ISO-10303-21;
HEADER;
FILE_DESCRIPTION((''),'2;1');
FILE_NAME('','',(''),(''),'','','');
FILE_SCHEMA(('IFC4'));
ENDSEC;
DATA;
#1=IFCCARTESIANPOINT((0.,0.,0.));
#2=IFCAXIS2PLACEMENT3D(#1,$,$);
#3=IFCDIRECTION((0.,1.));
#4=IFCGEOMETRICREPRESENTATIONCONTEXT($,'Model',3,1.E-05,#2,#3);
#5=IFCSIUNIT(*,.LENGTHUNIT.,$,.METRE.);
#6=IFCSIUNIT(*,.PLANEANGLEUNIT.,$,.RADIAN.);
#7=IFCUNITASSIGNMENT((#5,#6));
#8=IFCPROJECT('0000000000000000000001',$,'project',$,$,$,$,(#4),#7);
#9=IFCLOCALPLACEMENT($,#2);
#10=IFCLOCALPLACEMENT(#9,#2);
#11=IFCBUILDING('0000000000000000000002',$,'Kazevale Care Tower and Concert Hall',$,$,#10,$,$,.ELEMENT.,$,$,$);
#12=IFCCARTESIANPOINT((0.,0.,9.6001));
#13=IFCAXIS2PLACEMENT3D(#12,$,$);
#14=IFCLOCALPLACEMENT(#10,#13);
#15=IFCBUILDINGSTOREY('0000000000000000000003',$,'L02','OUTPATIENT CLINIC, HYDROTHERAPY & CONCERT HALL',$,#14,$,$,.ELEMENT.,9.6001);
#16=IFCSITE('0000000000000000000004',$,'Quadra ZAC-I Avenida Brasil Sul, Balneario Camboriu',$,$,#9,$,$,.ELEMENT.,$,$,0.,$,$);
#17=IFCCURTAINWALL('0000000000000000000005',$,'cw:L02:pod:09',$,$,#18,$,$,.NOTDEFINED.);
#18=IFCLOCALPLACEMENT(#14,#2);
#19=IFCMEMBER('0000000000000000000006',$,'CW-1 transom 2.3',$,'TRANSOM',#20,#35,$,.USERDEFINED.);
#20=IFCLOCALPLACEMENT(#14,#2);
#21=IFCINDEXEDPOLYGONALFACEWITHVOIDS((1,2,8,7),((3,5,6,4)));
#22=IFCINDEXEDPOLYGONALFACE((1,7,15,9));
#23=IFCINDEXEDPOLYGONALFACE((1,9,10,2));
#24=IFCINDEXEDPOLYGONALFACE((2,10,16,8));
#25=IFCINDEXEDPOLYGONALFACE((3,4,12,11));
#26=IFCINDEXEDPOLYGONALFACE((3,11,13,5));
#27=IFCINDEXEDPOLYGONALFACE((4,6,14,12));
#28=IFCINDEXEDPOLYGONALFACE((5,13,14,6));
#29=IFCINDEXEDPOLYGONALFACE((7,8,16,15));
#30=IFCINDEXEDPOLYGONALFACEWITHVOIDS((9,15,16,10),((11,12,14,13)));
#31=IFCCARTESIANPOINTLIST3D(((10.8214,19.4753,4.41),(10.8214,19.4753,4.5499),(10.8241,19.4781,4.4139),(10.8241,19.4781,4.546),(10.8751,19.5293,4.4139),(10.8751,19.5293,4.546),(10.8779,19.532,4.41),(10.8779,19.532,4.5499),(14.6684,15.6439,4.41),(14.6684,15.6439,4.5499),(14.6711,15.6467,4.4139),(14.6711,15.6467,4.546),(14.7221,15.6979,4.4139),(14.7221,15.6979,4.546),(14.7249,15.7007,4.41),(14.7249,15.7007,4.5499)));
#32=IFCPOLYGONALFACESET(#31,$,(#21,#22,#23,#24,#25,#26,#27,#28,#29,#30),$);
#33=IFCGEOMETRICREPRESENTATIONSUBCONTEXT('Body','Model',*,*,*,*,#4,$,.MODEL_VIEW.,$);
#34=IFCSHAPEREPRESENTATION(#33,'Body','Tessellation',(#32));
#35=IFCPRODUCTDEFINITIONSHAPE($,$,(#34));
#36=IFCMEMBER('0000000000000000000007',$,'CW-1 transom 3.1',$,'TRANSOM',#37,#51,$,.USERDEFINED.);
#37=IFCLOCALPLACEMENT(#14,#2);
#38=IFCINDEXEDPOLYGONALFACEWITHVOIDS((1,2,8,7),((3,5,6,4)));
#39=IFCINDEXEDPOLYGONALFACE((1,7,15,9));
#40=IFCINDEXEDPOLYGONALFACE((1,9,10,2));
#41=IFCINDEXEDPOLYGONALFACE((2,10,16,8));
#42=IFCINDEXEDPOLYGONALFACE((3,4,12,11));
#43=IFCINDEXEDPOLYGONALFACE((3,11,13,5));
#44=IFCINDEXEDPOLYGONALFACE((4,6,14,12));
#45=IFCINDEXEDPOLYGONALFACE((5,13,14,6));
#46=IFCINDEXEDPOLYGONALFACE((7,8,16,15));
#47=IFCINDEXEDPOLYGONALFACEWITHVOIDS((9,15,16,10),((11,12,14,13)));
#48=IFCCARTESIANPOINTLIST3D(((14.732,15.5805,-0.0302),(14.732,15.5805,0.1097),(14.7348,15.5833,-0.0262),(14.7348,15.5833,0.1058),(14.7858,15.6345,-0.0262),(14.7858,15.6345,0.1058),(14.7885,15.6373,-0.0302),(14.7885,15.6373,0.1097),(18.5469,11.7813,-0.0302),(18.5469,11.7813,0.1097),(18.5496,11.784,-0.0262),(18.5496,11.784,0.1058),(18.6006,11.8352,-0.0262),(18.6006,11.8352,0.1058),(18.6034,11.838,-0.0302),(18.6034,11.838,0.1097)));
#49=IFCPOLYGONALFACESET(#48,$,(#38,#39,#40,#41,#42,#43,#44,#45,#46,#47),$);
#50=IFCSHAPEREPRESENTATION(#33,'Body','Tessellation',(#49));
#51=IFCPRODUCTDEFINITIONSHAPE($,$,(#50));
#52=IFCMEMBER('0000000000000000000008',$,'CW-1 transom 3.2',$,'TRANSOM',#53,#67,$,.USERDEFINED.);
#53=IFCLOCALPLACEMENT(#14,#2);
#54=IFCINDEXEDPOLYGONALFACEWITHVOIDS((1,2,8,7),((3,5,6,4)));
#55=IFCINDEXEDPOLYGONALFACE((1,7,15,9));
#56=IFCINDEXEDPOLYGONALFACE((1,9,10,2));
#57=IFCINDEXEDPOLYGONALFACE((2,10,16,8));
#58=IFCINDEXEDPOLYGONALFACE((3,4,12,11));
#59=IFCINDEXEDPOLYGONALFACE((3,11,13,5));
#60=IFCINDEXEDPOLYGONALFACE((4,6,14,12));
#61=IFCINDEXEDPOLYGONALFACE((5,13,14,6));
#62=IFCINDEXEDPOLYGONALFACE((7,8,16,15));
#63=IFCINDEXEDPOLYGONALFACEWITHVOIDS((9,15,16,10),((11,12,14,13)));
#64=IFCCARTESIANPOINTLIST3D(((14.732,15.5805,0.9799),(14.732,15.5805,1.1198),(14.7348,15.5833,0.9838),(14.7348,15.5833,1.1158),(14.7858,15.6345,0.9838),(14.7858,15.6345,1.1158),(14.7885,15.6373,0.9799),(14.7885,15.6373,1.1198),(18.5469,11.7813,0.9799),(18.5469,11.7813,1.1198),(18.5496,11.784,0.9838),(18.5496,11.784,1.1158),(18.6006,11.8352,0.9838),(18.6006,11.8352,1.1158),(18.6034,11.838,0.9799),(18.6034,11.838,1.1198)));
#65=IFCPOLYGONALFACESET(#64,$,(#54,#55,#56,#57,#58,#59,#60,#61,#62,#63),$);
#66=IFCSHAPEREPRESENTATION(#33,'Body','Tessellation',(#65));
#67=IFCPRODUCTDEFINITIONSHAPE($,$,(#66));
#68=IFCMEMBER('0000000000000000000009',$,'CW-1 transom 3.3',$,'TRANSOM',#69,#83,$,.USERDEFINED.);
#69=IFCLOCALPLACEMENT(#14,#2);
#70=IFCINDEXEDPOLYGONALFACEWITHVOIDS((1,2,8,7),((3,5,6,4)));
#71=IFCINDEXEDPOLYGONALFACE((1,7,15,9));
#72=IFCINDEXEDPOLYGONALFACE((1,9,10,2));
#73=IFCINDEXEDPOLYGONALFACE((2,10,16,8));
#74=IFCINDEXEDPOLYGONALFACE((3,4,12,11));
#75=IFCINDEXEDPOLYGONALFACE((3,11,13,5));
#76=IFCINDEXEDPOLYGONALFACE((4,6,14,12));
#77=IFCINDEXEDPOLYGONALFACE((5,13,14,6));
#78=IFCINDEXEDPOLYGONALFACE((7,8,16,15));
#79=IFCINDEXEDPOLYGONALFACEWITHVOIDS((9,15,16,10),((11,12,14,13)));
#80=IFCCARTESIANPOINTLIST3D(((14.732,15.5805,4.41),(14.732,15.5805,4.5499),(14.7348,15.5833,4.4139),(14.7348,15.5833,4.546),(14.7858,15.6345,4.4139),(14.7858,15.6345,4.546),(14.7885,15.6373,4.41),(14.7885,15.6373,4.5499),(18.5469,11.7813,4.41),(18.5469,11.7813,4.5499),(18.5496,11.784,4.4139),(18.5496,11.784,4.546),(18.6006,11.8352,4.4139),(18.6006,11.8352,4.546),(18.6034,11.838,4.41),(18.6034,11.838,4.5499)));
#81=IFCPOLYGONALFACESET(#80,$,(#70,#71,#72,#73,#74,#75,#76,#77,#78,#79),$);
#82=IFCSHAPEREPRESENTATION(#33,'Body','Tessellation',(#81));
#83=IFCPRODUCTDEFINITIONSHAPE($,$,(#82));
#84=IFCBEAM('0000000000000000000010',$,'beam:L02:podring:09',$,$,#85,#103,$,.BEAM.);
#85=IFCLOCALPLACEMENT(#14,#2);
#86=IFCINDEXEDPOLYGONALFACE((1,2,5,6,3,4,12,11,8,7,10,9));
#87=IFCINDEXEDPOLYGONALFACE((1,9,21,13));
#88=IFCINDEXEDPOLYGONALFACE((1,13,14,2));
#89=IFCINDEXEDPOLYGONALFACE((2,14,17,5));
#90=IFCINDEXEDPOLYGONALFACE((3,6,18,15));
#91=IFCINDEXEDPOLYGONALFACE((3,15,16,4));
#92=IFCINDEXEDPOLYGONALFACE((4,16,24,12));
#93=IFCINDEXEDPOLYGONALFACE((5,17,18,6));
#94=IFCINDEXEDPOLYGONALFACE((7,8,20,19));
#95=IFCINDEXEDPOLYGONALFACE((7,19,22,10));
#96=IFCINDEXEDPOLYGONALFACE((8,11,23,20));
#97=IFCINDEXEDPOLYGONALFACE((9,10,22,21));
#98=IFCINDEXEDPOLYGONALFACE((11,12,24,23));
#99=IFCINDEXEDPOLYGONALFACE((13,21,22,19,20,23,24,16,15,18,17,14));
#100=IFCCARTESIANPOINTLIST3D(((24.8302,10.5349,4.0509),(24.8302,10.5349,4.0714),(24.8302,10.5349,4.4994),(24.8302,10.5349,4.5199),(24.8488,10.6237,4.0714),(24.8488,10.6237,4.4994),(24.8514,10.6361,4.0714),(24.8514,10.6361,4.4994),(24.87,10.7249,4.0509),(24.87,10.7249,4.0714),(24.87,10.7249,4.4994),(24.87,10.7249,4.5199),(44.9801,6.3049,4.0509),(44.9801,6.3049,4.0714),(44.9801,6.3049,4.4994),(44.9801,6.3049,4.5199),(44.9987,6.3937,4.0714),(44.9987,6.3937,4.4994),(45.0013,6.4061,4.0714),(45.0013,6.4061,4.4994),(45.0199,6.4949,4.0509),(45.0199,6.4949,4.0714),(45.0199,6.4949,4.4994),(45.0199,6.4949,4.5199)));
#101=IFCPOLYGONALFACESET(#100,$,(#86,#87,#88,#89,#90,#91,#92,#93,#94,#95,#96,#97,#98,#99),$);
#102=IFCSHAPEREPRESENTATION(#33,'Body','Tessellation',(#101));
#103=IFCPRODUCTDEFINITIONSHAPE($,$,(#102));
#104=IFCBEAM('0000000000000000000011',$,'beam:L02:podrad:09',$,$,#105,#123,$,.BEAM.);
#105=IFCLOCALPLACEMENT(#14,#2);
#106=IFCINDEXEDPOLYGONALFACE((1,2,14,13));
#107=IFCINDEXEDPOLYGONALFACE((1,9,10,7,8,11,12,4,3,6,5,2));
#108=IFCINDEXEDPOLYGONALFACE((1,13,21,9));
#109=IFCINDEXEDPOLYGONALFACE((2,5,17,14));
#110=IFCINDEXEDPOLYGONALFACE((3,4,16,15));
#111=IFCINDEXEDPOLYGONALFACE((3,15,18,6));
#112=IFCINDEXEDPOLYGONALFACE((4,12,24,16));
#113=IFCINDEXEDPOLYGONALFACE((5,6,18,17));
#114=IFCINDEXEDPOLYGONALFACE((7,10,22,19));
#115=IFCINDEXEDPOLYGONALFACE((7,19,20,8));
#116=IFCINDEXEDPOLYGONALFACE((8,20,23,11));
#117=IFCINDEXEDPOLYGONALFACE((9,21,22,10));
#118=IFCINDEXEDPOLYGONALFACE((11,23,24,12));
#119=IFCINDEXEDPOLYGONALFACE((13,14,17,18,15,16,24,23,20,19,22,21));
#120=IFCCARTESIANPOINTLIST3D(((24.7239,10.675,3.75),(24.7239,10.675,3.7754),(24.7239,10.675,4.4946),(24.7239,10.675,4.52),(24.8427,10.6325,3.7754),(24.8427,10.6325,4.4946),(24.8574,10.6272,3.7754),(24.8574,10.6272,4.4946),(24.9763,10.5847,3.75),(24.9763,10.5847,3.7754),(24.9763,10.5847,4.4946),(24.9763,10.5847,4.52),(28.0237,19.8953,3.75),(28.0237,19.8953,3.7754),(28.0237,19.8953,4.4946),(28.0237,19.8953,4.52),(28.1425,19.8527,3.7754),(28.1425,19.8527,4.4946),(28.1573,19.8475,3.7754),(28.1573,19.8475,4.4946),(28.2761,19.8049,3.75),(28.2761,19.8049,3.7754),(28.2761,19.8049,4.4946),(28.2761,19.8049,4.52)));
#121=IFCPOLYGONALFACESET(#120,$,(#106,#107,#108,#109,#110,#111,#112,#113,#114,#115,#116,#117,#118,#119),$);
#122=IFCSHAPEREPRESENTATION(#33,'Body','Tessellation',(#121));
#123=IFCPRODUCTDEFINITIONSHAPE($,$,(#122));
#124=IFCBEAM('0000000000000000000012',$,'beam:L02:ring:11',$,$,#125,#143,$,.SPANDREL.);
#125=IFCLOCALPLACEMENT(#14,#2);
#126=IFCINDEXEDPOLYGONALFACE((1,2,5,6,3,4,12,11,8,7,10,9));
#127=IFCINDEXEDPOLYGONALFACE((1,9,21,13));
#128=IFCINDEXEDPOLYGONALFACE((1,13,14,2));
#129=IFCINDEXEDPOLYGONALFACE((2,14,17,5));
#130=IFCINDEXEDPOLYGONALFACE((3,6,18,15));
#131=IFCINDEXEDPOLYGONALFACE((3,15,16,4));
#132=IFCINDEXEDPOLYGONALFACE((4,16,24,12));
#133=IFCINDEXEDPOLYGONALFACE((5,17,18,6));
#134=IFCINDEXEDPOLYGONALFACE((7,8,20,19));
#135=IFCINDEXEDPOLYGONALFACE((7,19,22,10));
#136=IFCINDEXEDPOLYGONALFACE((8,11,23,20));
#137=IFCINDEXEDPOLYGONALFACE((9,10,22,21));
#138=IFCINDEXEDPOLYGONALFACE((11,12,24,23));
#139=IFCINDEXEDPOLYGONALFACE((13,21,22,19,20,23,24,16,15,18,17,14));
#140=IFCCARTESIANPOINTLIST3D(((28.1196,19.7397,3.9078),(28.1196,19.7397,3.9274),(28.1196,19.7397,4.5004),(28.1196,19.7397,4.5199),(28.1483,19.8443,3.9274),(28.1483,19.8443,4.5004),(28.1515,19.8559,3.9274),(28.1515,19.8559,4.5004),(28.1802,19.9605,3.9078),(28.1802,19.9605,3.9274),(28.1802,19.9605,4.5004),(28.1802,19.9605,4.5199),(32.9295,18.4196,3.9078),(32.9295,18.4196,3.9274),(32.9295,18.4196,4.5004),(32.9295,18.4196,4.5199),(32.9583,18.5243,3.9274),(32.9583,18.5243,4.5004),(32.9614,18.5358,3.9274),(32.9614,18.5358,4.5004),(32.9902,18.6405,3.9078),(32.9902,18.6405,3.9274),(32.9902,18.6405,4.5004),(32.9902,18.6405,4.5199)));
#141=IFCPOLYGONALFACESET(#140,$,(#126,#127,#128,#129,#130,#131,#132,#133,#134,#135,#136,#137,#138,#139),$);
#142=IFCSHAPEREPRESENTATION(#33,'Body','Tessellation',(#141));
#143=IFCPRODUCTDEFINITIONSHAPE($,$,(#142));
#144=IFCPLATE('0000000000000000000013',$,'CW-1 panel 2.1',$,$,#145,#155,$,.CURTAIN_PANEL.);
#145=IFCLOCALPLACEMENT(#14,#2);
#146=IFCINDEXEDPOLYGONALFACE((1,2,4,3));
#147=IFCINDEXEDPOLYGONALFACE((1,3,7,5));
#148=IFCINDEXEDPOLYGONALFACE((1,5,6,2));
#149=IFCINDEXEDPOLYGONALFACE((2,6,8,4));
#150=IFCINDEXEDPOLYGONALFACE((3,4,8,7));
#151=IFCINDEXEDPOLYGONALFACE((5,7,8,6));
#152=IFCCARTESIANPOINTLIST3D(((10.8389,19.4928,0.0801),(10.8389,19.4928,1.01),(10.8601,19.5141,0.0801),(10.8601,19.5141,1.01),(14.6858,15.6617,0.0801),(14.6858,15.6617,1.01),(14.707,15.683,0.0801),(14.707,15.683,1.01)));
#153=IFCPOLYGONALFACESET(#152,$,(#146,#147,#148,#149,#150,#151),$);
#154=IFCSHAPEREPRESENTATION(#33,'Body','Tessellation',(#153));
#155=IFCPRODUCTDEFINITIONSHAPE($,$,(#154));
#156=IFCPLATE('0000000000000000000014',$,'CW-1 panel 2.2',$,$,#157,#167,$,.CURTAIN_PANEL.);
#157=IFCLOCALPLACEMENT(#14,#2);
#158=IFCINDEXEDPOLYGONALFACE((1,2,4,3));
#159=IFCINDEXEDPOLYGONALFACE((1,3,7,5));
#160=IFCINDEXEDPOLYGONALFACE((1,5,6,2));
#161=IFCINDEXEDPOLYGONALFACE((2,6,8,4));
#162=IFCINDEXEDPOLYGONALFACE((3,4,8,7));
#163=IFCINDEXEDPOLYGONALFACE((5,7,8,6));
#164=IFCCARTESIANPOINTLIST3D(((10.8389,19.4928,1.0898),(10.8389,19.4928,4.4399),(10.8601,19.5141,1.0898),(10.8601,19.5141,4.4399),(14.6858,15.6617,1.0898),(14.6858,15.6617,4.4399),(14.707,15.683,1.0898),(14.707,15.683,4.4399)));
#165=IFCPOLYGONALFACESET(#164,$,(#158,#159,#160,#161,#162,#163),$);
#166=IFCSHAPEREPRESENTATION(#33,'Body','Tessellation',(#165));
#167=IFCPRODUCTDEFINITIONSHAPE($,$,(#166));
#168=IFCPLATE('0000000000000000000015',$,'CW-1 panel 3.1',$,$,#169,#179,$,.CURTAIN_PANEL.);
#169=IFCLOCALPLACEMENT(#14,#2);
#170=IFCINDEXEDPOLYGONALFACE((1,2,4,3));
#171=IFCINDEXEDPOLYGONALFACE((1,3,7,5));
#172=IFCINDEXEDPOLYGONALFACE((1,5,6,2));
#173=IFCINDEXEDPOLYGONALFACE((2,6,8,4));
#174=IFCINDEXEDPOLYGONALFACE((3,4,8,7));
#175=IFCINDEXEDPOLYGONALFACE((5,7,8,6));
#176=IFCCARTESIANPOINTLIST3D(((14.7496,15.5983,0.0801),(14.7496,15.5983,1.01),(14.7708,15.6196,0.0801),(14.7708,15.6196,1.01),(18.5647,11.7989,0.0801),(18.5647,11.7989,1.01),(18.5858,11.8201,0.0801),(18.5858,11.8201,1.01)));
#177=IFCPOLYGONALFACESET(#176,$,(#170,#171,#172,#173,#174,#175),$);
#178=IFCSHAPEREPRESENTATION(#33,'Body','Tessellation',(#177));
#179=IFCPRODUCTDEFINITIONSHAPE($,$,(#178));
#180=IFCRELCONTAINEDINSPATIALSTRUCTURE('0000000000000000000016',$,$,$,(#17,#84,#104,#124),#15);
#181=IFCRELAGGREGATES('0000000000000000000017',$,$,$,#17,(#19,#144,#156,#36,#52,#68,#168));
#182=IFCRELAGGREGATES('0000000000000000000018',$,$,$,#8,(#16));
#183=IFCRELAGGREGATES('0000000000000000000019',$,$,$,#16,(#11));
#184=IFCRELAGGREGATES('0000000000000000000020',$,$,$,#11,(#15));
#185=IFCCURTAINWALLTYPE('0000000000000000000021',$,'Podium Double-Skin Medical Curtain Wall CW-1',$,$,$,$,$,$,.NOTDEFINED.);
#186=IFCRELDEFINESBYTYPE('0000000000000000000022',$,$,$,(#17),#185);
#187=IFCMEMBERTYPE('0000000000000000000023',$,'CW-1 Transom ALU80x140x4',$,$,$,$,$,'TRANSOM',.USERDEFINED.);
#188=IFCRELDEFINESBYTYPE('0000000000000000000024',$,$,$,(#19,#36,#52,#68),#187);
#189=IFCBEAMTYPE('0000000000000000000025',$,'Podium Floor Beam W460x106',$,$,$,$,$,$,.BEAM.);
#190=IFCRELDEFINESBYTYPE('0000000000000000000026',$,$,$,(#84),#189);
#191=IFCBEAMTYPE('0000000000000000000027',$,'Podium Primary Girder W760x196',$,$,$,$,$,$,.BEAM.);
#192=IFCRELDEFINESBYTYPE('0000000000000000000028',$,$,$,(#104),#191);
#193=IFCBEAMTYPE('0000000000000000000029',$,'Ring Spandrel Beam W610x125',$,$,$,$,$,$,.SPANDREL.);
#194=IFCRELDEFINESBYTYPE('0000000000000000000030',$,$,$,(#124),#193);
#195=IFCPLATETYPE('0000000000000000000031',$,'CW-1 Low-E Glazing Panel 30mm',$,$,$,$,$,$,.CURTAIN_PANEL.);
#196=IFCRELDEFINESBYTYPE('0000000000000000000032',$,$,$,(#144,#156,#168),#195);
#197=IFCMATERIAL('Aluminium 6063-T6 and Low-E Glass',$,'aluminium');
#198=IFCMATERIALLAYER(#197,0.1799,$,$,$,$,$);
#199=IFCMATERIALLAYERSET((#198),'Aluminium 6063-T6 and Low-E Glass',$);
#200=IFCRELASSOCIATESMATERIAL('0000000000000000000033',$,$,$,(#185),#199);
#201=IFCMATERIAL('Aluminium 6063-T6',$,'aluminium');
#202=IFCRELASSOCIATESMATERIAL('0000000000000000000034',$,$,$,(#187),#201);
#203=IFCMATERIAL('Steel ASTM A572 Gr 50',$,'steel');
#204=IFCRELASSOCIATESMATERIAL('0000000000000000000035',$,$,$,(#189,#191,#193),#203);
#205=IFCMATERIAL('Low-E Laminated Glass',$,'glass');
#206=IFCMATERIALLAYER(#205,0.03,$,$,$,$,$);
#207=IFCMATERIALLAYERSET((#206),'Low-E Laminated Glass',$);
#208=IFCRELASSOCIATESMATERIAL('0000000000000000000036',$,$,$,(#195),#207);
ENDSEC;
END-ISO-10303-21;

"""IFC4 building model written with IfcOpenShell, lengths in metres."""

from ifc_helpers import new_model, si_unit, direction, frame, origin, origin_2d, place, context, subcontext, project, spatial, rectangle, hollow_rectangle, i_section, extrude, material, layer, layer_set, material_profile, profile_set, type_object, element, aggregate, save


model = new_model("IFC4")

# Units and contexts
model_context = context("Model", 3, precision=1e-05, world=origin(), true_north=direction((0.0, 1.0)))
body_context = subcontext(model_context, "Body", "Model", "MODEL_VIEW")
ifc_project = project(units=[si_unit("LENGTHUNIT", "METRE"), si_unit("PLANEANGLEUNIT", "RADIAN")], contexts=[model_context])

# Site, building, storey
site_placement = place(None, origin())
site = spatial("IfcSite", under=ifc_project, at=site_placement, Name="Quadra ZAC-I Avenida Brasil Sul, Balneario Camboriu", CompositionType="ELEMENT", RefElevation=0.0)
building_placement = place(site_placement, origin())
building = spatial("IfcBuilding", under=site, at=building_placement, Name="Kazevale Care Tower and Concert Hall", CompositionType="ELEMENT")
storey_placement = place(building_placement, frame((0.0, 0.0, 9.6001)))
storey = spatial("IfcBuildingStorey", under=building, at=storey_placement, Name="L02", Description="OUTPATIENT CLINIC, HYDROTHERAPY & CONCERT HALL", CompositionType="ELEMENT", Elevation=9.6001)

# Curtain wall, members
ifc_material_1 = material(Name="Aluminium 6063-T6 and Low-E Glass", Category="aluminium")
ifc_layer_1 = layer(ifc_material_1, 0.1799)
ifc_layer_set_1 = layer_set([ifc_layer_1], Name="Aluminium 6063-T6 and Low-E Glass")
curtain_wall_type = type_object("IfcCurtainWallType", Name="Podium Double-Skin Medical Curtain Wall CW-1", PredefinedType="NOTDEFINED", material=ifc_layer_set_1)
curtain_wall_placement = place(storey_placement, origin())
curtain_wall = element("IfcCurtainWall", 1, at=curtain_wall_placement, inside=storey, type_object=curtain_wall_type, Name="cw:L02:pod:09", PredefinedType="NOTDEFINED")
ifc_material_2 = material(Name="Aluminium 6063-T6", Category="aluminium")
ifc_material_profile_1 = material_profile(ifc_material_2, hollow_rectangle(XDim=0.0801, YDim=0.1399, WallThickness=0.0039, at=origin_2d()), Name="ALU80x140x4")
ifc_profile_set_1 = profile_set([ifc_material_profile_1], Name="Aluminium 6063-T6")
member_type_1 = type_object("IfcMemberType", Name="CW-1 Transom ALU80x140x4", ElementType="TRANSOM", PredefinedType="USERDEFINED", material=ifc_profile_set_1)
member_1_placement = place(storey_placement, frame((10.8496, 19.5037, 4.48), z_axis=(0.708544, -0.705666, 0.0), x_axis=(0.705666, 0.708544, 0.0)))
member_1 = element("IfcMember", 2, at=member_1_placement, type_object=member_type_1, Name="CW-1 transom 2.3", ObjectType="TRANSOM", PredefinedType="USERDEFINED", context=body_context, shape_type="SweptSolid", body=[
    extrude(hollow_rectangle(XDim=0.0801, YDim=0.1399, WallThickness=0.0039, at=origin_2d()), origin(), (0.0, 0.0, 1.0), 5.4294),
])
member_2_placement = place(storey_placement, frame((14.7603, 15.6089, 0.0398), z_axis=(0.708556, -0.705654, 0.0), x_axis=(0.705654, 0.708556, 0.0)))
member_2 = element("IfcMember", 3, at=member_2_placement, type_object=member_type_1, Name="CW-1 transom 3.1", ObjectType="TRANSOM", PredefinedType="USERDEFINED", context=body_context, shape_type="SweptSolid", body=[
    extrude(hollow_rectangle(XDim=0.0801, YDim=0.1399, WallThickness=0.0039, at=origin_2d()), origin(), (0.0, 0.0, 1.0), 5.384),
])
member_3_placement = place(storey_placement, frame((14.7603, 15.6089, 1.0498), z_axis=(0.708556, -0.705654, 0.0), x_axis=(0.705654, 0.708556, 0.0)))
member_3 = element("IfcMember", 4, at=member_3_placement, type_object=member_type_1, Name="CW-1 transom 3.2", ObjectType="TRANSOM", PredefinedType="USERDEFINED", context=body_context, shape_type="SweptSolid", body=[
    extrude(hollow_rectangle(XDim=0.0801, YDim=0.1399, WallThickness=0.0039, at=origin_2d()), origin(), (0.0, 0.0, 1.0), 5.384),
])
member_4_placement = place(storey_placement, frame((14.7603, 15.6089, 4.48), z_axis=(0.708556, -0.705654, 0.0), x_axis=(0.705654, 0.708556, 0.0)))
member_4 = element("IfcMember", 5, at=member_4_placement, type_object=member_type_1, Name="CW-1 transom 3.3", ObjectType="TRANSOM", PredefinedType="USERDEFINED", context=body_context, shape_type="SweptSolid", body=[
    extrude(hollow_rectangle(XDim=0.0801, YDim=0.1399, WallThickness=0.0039, at=origin_2d()), origin(), (0.0, 0.0, 1.0), 5.384),
])

# Beams
ifc_material_3 = material(Name="Steel ASTM A572 Gr 50", Category="steel")
ifc_material_profile_2 = material_profile(ifc_material_3, i_section(OverallWidth=0.1941, OverallDepth=0.469, WebThickness=0.0127, FlangeThickness=0.0205, at=origin_2d()), Name="W460x106")
ifc_profile_set_2 = profile_set([ifc_material_profile_2], Name="Steel ASTM A572 Gr 50")
beam_type_1 = type_object("IfcBeamType", Name="Podium Floor Beam W460x106", PredefinedType="BEAM", material=ifc_profile_set_2)
beam_1_placement = place(storey_placement, frame((24.8501, 10.6299, 4.2854), z_axis=(0.978668, -0.205448, 0.0), x_axis=(0.205448, 0.978668, 0.0)))
element("IfcBeam", 6, at=beam_1_placement, inside=storey, type_object=beam_type_1, Name="beam:L02:podring:09", PredefinedType="BEAM", context=body_context, shape_type="SweptSolid", body=[
    extrude(i_section(OverallWidth=0.1941, OverallDepth=0.469, WebThickness=0.0127, FlangeThickness=0.0205, at=origin_2d()), origin(), (0.0, 0.0, 1.0), 20.5891),
])
ifc_material_profile_3 = material_profile(ifc_material_3, i_section(OverallWidth=0.2681, OverallDepth=0.77, WebThickness=0.0156, FlangeThickness=0.0254, at=origin_2d()), Name="W760x196")
ifc_profile_set_3 = profile_set([ifc_material_profile_3], Name="Steel ASTM A572 Gr 50")
beam_type_2 = type_object("IfcBeamType", Name="Podium Primary Girder W760x196", PredefinedType="BEAM", material=ifc_profile_set_3)
beam_2_placement = place(storey_placement, frame((28.1499, 19.8501, 4.135), z_axis=(-0.336959, -0.941519, 0.0), x_axis=(0.941519, -0.336959, 0.0)))
element("IfcBeam", 7, at=beam_2_placement, inside=storey, type_object=beam_type_2, Name="beam:L02:podrad:09", PredefinedType="BEAM", context=body_context, shape_type="SweptSolid", body=[
    extrude(i_section(OverallWidth=0.2681, OverallDepth=0.77, WebThickness=0.0156, FlangeThickness=0.0254, at=origin_2d()), origin(), (0.0, 0.0, 1.0), 9.793),
])
ifc_material_profile_4 = material_profile(ifc_material_3, i_section(OverallWidth=0.229, OverallDepth=0.6121, WebThickness=0.012, FlangeThickness=0.0195, at=origin_2d()), Name="W610x125")
ifc_profile_set_4 = profile_set([ifc_material_profile_4], Name="Steel ASTM A572 Gr 50")
beam_type_3 = type_object("IfcBeamType", Name="Ring Spandrel Beam W610x125", PredefinedType="SPANDREL", material=ifc_profile_set_4)
beam_3_placement = place(storey_placement, frame((28.1499, 19.8501, 4.2139), z_axis=(0.964344, -0.264654, 0.0), x_axis=(0.264654, 0.964344, 0.0)))
element("IfcBeam", 8, at=beam_3_placement, inside=storey, type_object=beam_type_3, Name="beam:L02:ring:11", PredefinedType="SPANDREL", context=body_context, shape_type="SweptSolid", body=[
    extrude(i_section(OverallWidth=0.229, OverallDepth=0.6121, WebThickness=0.012, FlangeThickness=0.0195, at=origin_2d()), origin(), (0.0, 0.0, 1.0), 4.9878),
])

# Plates
ifc_material_4 = material(Name="Low-E Laminated Glass", Category="glass")
ifc_layer_2 = layer(ifc_material_4, 0.03)
ifc_layer_set_2 = layer_set([ifc_layer_2], Name="Low-E Laminated Glass")
plate_type = type_object("IfcPlateType", Name="CW-1 Low-E Glazing Panel 30mm", PredefinedType="CURTAIN_PANEL", material=ifc_layer_set_2)
plate_1_placement = place(storey_placement, frame((12.7729, 17.5879, 0.0801), z_axis=(0.0, 0.0, 1.0), x_axis=(0.708555, -0.705656, 0.0)))
plate_1 = element("IfcPlate", 9, at=plate_1_placement, type_object=plate_type, Name="CW-1 panel 2.1", PredefinedType="CURTAIN_PANEL", context=body_context, shape_type="SweptSolid", body=[
    extrude(rectangle(XDim=5.4292, YDim=0.03, at=origin_2d()), origin(), (0.0, 0.0, 1.0), 0.9299),
])
plate_2_placement = place(storey_placement, frame((12.7729, 17.5879, 1.0898), z_axis=(0.0, 0.0, 1.0), x_axis=(0.708555, -0.705656, 0.0)))
plate_2 = element("IfcPlate", 10, at=plate_2_placement, type_object=plate_type, Name="CW-1 panel 2.2", PredefinedType="CURTAIN_PANEL", context=body_context, shape_type="SweptSolid", body=[
    extrude(rectangle(XDim=5.4292, YDim=0.03, at=origin_2d()), origin(), (0.0, 0.0, 1.0), 3.3501),
])
plate_3_placement = place(storey_placement, frame((16.6677, 13.7092, 0.0801), z_axis=(0.0, 0.0, 1.0), x_axis=(0.708555, -0.705656, 0.0)))
plate_3 = element("IfcPlate", 11, at=plate_3_placement, type_object=plate_type, Name="CW-1 panel 3.1", PredefinedType="CURTAIN_PANEL", context=body_context, shape_type="SweptSolid", body=[
    extrude(rectangle(XDim=5.3843, YDim=0.03, at=origin_2d()), origin(), (0.0, 0.0, 1.0), 0.9299),
])
aggregate(curtain_wall, [member_1, plate_1, plate_2, member_2, member_3, member_4, plate_3])

save(model, "model.ifc")
